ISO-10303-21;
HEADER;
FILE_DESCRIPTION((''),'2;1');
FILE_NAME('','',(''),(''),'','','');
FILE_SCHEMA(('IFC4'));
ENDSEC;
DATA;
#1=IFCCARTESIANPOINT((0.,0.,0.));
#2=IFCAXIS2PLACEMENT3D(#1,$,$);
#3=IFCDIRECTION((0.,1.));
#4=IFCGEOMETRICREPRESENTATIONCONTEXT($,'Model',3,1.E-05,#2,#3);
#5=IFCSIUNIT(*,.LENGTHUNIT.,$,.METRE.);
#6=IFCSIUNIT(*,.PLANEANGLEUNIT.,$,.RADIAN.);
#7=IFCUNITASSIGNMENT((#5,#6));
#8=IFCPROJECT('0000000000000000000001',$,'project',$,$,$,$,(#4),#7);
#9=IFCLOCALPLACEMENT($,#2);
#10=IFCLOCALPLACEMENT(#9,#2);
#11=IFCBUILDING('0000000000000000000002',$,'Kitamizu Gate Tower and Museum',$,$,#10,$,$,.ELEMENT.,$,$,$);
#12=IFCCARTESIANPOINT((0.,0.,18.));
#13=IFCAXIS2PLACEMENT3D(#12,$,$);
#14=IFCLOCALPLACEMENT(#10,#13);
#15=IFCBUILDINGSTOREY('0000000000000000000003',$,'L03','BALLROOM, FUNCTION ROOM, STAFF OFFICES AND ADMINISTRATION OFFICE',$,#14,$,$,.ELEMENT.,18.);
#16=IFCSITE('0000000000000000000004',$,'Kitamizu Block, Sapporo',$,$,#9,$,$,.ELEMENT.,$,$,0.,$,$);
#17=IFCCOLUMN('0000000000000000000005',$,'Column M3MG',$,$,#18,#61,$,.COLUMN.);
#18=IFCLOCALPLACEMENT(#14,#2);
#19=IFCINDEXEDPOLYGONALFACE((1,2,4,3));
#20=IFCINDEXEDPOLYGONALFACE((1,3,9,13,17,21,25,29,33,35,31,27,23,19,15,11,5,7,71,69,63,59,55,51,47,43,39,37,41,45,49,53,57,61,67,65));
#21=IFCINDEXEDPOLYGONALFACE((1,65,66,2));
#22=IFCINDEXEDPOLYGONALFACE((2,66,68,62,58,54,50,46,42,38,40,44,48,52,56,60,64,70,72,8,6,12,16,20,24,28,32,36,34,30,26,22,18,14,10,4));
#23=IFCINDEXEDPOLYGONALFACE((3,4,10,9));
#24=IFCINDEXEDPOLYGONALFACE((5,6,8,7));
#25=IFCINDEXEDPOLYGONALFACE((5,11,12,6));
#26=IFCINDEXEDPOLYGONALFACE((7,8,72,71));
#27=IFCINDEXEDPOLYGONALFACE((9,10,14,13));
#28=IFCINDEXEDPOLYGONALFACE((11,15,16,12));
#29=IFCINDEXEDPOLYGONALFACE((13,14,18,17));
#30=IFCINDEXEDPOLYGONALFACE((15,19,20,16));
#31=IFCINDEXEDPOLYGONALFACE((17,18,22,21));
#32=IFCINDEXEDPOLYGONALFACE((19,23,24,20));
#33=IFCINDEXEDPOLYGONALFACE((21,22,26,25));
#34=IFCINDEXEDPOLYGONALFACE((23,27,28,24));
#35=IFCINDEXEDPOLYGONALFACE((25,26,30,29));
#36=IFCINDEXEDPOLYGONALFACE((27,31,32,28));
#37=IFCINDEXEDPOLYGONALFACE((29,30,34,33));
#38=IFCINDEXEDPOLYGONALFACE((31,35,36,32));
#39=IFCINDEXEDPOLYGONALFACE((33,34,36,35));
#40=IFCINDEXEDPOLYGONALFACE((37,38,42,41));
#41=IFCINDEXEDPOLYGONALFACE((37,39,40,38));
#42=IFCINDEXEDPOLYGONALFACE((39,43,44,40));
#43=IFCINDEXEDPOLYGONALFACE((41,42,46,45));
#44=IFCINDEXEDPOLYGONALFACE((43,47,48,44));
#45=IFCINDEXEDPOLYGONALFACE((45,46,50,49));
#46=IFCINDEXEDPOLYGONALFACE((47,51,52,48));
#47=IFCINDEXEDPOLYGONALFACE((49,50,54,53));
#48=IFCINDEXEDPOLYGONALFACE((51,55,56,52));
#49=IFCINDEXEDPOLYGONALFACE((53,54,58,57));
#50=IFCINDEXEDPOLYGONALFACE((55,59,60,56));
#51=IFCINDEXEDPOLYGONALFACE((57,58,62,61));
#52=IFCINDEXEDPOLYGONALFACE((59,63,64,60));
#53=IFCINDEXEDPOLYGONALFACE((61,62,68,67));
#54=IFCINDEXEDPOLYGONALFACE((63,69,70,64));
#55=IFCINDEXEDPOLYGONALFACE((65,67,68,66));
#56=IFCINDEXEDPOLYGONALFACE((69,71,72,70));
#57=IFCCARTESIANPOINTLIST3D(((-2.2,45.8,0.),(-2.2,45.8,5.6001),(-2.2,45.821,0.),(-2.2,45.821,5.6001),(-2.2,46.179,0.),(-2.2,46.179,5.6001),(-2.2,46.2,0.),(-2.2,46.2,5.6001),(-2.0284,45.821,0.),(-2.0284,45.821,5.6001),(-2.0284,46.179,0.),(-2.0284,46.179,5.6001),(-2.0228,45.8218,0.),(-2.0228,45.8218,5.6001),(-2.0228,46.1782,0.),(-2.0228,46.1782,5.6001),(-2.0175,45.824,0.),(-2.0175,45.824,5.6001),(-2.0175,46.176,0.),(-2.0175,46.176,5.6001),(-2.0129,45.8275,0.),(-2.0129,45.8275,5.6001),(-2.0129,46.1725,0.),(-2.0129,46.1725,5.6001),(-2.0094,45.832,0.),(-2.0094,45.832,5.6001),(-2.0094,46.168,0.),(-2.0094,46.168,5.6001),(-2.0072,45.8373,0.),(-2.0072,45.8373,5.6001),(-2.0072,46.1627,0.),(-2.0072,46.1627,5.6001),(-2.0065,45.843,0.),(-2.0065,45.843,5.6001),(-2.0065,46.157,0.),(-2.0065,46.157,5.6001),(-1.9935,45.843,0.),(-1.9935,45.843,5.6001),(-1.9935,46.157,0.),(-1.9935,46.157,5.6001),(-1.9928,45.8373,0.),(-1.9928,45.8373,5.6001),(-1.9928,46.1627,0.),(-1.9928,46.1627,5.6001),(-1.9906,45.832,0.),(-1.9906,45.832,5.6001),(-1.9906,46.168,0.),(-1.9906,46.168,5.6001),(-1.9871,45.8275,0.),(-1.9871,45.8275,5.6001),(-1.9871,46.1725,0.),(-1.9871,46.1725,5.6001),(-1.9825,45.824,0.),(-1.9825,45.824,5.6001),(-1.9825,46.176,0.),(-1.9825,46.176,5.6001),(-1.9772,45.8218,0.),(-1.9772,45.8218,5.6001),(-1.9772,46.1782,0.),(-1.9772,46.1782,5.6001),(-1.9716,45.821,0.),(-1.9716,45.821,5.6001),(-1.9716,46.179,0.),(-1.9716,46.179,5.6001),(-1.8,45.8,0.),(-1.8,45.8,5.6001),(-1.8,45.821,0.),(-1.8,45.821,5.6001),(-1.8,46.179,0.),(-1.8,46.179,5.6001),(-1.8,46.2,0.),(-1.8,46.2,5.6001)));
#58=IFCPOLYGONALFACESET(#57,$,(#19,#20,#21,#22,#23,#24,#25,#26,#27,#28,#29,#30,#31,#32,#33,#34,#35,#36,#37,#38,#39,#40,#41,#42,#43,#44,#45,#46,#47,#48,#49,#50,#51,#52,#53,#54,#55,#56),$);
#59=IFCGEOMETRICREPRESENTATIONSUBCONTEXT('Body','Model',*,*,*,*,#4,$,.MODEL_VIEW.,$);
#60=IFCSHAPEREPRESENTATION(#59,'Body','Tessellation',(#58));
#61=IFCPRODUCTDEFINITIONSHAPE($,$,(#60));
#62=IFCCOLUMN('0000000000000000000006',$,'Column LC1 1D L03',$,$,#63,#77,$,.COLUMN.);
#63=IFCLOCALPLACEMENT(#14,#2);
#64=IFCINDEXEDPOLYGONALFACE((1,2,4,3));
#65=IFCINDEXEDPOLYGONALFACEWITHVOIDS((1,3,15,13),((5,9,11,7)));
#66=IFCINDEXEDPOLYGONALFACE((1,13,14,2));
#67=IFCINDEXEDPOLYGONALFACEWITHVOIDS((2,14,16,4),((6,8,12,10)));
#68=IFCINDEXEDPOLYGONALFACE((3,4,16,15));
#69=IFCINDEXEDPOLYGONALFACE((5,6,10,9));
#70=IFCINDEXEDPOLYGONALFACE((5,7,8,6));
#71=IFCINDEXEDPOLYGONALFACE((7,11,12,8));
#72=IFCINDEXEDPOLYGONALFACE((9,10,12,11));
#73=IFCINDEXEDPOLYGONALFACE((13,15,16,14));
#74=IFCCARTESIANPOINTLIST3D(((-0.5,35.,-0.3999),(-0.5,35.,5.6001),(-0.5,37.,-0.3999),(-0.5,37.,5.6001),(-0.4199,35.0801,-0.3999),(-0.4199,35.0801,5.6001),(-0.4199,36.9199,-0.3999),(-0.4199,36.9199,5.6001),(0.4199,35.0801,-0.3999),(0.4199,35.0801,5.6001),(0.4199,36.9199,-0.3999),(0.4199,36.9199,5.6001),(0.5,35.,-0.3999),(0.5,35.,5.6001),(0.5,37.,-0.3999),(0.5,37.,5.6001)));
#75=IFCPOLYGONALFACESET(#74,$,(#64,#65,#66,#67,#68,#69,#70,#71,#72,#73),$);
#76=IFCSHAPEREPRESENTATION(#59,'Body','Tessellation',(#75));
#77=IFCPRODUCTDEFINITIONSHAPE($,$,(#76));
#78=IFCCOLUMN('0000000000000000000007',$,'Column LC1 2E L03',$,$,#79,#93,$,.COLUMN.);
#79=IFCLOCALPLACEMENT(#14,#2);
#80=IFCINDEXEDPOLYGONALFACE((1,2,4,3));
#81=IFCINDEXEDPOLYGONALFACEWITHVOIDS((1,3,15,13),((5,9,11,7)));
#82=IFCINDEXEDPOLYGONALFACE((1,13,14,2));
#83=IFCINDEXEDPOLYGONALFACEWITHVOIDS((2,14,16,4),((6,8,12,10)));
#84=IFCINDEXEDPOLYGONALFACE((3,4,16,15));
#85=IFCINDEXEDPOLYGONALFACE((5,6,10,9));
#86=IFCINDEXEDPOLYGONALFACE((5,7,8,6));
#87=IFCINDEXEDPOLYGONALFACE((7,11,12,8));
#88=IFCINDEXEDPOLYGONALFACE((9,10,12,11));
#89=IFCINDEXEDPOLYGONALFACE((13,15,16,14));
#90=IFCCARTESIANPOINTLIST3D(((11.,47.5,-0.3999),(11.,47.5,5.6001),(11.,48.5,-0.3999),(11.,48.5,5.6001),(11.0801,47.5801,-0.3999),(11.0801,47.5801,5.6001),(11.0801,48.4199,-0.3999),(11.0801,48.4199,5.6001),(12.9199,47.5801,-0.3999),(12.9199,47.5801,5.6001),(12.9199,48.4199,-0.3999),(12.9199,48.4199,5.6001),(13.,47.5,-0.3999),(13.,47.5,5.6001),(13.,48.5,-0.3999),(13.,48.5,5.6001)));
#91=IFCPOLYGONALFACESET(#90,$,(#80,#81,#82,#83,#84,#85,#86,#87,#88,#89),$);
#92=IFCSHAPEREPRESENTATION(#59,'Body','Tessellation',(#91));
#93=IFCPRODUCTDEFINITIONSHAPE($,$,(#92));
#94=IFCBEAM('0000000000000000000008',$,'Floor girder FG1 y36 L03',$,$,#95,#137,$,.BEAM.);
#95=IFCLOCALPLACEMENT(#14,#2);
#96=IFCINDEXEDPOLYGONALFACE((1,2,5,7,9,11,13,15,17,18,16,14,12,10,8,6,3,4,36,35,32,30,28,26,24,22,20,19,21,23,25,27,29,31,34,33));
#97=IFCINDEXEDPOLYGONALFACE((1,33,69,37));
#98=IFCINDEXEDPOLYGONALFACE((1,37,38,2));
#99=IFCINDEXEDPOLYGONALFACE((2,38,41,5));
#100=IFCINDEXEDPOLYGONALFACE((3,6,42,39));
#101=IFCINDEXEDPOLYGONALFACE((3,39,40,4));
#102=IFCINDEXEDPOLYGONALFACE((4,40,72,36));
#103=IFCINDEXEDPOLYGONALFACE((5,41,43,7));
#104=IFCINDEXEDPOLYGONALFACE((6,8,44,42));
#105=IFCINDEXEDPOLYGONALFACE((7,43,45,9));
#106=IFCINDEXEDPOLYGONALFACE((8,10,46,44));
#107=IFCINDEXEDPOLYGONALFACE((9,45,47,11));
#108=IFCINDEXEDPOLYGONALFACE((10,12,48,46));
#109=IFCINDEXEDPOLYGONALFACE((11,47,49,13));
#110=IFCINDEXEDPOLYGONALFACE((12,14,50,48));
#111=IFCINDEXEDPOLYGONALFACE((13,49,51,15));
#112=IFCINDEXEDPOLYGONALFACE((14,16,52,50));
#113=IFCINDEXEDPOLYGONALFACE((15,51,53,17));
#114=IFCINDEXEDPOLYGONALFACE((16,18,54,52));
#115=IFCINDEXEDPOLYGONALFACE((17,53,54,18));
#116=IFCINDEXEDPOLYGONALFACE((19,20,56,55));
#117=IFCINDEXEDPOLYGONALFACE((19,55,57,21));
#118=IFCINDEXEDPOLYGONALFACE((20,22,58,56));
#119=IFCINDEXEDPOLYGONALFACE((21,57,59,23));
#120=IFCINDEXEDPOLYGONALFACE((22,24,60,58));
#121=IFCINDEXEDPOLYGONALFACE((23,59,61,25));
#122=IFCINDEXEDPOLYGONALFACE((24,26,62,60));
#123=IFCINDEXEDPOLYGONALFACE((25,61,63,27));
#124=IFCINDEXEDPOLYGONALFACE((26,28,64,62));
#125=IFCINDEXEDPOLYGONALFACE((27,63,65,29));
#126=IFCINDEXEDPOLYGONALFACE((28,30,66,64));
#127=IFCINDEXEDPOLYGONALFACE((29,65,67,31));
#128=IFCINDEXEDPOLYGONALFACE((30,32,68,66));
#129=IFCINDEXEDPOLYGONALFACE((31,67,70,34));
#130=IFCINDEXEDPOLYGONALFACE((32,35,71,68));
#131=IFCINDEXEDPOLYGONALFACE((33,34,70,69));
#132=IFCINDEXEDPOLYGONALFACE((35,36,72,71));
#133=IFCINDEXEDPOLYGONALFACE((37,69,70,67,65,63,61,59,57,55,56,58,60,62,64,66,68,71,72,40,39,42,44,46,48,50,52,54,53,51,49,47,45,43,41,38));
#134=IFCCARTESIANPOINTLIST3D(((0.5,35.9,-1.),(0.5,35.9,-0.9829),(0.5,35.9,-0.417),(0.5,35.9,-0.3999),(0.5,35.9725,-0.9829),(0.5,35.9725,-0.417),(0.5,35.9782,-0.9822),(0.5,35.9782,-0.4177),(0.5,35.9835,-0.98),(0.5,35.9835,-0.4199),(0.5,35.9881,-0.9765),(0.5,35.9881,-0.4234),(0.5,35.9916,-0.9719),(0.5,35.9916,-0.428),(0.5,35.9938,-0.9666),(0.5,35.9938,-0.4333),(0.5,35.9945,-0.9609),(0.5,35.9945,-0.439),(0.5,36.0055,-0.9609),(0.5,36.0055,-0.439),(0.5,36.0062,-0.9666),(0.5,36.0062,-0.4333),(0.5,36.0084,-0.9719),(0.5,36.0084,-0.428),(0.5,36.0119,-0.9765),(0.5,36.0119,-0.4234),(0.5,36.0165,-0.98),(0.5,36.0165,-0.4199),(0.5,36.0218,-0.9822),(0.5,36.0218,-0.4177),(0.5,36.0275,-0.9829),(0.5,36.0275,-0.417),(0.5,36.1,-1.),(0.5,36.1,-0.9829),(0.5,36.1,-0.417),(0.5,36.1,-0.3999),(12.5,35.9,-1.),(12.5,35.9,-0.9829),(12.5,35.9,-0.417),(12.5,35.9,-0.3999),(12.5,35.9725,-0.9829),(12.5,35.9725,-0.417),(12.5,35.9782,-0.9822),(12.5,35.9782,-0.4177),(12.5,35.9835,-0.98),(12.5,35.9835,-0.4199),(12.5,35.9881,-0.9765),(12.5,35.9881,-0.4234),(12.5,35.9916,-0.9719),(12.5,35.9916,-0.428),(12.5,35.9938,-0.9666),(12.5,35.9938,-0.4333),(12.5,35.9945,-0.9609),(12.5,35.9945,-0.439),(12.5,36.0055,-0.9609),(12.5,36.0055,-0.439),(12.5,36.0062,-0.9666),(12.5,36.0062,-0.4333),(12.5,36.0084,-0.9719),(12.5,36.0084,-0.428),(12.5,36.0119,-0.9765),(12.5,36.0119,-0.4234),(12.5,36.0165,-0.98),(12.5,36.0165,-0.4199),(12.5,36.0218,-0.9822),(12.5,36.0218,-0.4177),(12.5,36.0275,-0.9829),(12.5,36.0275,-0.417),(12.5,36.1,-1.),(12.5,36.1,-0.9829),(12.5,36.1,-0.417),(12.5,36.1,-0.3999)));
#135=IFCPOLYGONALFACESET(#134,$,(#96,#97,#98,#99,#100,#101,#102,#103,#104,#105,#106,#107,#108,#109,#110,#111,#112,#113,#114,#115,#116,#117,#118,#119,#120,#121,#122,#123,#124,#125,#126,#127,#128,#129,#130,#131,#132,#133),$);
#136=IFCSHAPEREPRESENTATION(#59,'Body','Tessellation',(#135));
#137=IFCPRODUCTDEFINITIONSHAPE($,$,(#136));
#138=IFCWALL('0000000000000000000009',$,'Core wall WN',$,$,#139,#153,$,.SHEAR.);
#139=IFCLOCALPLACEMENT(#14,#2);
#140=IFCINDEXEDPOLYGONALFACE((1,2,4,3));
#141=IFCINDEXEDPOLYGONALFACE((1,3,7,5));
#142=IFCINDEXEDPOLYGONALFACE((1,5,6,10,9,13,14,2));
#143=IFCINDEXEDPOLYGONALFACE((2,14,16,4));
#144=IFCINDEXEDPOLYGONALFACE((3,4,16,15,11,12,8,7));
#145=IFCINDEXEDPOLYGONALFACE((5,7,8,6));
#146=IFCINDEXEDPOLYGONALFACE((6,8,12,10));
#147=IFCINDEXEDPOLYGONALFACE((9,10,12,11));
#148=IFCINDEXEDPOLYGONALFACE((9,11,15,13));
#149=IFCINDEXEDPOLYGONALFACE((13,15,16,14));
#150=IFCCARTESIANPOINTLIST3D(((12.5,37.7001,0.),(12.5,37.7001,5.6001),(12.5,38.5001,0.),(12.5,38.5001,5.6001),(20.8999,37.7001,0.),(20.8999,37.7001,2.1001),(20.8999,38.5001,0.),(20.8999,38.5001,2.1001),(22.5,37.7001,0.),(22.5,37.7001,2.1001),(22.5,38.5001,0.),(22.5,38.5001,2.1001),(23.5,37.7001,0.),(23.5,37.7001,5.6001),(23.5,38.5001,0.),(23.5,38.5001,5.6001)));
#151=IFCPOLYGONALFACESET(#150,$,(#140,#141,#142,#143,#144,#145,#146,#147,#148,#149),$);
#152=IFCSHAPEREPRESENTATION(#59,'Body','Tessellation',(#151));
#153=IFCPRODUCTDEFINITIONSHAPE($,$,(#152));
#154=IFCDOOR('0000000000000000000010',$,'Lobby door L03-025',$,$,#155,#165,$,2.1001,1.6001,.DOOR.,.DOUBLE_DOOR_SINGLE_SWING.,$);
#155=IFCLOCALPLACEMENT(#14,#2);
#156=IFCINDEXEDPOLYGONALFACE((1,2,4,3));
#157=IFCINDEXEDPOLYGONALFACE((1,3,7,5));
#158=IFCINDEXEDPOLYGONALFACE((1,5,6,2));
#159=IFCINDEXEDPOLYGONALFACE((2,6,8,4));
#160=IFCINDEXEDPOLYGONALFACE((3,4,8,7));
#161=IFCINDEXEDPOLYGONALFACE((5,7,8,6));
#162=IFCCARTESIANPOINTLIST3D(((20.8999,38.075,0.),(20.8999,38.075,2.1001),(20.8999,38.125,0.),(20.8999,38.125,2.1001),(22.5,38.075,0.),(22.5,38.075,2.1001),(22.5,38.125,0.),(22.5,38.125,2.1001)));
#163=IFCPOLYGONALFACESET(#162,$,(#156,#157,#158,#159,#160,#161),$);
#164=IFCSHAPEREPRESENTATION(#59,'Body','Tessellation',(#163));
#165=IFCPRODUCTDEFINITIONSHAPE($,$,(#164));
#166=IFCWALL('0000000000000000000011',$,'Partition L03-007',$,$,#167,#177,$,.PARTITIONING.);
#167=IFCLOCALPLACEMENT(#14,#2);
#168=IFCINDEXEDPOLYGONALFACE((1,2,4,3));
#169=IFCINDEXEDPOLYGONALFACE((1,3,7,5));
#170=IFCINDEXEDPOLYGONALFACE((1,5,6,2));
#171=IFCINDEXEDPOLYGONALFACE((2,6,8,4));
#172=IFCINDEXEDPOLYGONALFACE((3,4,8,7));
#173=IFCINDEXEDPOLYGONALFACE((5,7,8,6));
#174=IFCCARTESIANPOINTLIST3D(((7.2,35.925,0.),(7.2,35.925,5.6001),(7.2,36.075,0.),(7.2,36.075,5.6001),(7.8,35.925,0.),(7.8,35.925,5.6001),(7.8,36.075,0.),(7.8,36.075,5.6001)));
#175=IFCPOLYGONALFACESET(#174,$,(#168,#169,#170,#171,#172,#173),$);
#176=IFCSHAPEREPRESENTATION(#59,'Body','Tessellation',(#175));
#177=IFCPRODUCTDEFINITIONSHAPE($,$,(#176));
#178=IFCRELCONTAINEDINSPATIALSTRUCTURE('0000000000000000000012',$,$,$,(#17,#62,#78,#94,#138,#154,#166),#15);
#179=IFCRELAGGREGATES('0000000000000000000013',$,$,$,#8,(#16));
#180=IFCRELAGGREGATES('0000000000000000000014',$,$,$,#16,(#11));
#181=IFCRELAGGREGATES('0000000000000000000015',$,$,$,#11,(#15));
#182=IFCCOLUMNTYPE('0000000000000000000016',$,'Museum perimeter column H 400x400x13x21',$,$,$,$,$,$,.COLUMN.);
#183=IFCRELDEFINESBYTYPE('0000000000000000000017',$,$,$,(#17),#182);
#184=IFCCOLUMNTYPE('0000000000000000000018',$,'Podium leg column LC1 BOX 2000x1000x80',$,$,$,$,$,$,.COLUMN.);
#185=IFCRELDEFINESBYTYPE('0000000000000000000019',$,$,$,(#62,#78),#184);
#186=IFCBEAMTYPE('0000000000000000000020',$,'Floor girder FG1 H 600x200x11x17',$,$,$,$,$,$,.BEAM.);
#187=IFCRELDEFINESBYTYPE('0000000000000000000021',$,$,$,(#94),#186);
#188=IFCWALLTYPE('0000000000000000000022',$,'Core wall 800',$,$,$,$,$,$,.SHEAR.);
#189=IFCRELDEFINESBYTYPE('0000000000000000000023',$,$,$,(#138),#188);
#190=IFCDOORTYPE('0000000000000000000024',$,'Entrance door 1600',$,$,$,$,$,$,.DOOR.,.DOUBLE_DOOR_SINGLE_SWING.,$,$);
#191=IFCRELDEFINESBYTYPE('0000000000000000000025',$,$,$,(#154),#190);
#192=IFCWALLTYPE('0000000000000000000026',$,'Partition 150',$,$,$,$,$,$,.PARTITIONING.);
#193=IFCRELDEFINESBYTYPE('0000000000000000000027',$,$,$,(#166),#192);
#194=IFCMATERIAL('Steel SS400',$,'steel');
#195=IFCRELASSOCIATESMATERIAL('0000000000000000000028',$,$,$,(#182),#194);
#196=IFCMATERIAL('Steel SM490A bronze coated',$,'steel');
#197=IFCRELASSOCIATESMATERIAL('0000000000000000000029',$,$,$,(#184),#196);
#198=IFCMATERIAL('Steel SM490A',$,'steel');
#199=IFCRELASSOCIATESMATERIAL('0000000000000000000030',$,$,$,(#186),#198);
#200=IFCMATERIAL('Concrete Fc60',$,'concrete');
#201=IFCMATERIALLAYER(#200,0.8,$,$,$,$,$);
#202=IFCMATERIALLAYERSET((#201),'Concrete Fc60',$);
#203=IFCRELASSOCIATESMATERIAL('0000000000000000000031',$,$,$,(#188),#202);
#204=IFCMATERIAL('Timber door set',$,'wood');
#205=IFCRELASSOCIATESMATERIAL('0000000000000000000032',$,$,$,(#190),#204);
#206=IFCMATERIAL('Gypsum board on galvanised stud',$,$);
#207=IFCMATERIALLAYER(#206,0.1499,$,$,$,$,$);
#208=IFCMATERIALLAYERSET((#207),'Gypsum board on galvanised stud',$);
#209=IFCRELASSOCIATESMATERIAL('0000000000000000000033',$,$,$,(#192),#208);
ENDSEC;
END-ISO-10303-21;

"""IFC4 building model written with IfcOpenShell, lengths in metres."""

from ifc_helpers import new_model, si_unit, direction, frame, frame_2d, origin, origin_2d, place, context, subcontext, project, spatial, rectangle, hollow_rectangle, i_section, extrude, material, layer, layer_set, material_profile, profile_set, type_object, element, fill, save


model = new_model("IFC4")

# Units and contexts
model_context = context("Model", 3, precision=1e-05, world=origin(), true_north=direction((0.0, 1.0)))
body_context = subcontext(model_context, "Body", "Model", "MODEL_VIEW")
ifc_project = project(units=[si_unit("LENGTHUNIT", "METRE"), si_unit("PLANEANGLEUNIT", "RADIAN")], contexts=[model_context])

# Site, building, storey
site_placement = place(None, origin())
site = spatial("IfcSite", under=ifc_project, at=site_placement, Name="Kitamizu Block, Sapporo", CompositionType="ELEMENT", RefElevation=0.0)
building_placement = place(site_placement, origin())
building = spatial("IfcBuilding", under=site, at=building_placement, Name="Kitamizu Gate Tower and Museum", CompositionType="ELEMENT")
storey_placement = place(building_placement, frame((0.0, 0.0, 18.0)))
storey = spatial("IfcBuildingStorey", under=building, at=storey_placement, Name="L03", Description="BALLROOM, FUNCTION ROOM, STAFF OFFICES AND ADMINISTRATION OFFICE", CompositionType="ELEMENT", Elevation=18.0)

# Columns
ifc_material_1 = material(Name="Steel SS400", Category="steel")
ifc_material_profile_1 = material_profile(ifc_material_1, i_section(OverallWidth=0.3999, OverallDepth=0.3999, WebThickness=0.0129, FlangeThickness=0.021, FilletRadius=0.022, at=origin_2d()), Name="H-400x400x13x21")
ifc_profile_set_1 = profile_set([ifc_material_profile_1], Name="Steel SS400")
column_type_1 = type_object("IfcColumnType", Name="Museum perimeter column H 400x400x13x21", PredefinedType="COLUMN", material=ifc_profile_set_1)
column_placement = place(storey_placement, frame((-2.0, 46.0, 0.0), z_axis=(0.0, 0.0, 1.0), x_axis=(1.0, 0.0, 0.0)))
element("IfcColumn", 1, at=column_placement, inside=storey, type_object=column_type_1, Name="Column M3MG", PredefinedType="COLUMN", context=body_context, shape_type="SweptSolid", body=[
    extrude(i_section(OverallWidth=0.3999, OverallDepth=0.3999, WebThickness=0.0129, FlangeThickness=0.021, FilletRadius=0.022, at=origin_2d()), origin(), (0.0, 0.0, 1.0), 5.6001),
])
ifc_material_2 = material(Name="Steel SM490A bronze coated", Category="steel")
ifc_material_profile_2 = material_profile(ifc_material_2, hollow_rectangle(XDim=2.0, YDim=1.0, WallThickness=0.0801, at=origin_2d()), Name="BOX 2000x1000x80")
ifc_profile_set_2 = profile_set([ifc_material_profile_2], Name="Steel SM490A bronze coated")
column_type_2 = type_object("IfcColumnType", Name="Podium leg column LC1 BOX 2000x1000x80", PredefinedType="COLUMN", material=ifc_profile_set_2)
for number, where, z_axis, x_axis, name in (
    (2, (0.0, 36.0, -0.3999), (0.0, 0.0, 1.0), (0.0, 1.0, 0.0), "Column LC1 1D L03"),
    (3, (12.0, 48.0, -0.3999), (0.0, 0.0, 1.0), (1.0, 0.0, 0.0), "Column LC1 2E L03"),
):
    element("IfcColumn", number, at=place(storey_placement, frame(where, z_axis=z_axis, x_axis=x_axis)), inside=storey, type_object=column_type_2, Name=name, PredefinedType="COLUMN", context=body_context, shape_type="SweptSolid", body=[
        extrude(hollow_rectangle(XDim=2.0, YDim=1.0, WallThickness=0.0801, at=origin_2d()), origin(), (0.0, 0.0, 1.0), 6.0),
    ])

# Beam
ifc_material_3 = material(Name="Steel SM490A", Category="steel")
ifc_material_profile_3 = material_profile(ifc_material_3, i_section(OverallWidth=0.2, OverallDepth=0.6001, WebThickness=0.011, FlangeThickness=0.0171, FilletRadius=0.022, at=origin_2d()), Name="H-600x200x11x17")
ifc_profile_set_3 = profile_set([ifc_material_profile_3], Name="Steel SM490A")
beam_type = type_object("IfcBeamType", Name="Floor girder FG1 H 600x200x11x17", PredefinedType="BEAM", material=ifc_profile_set_3)
beam_placement = place(storey_placement, frame((0.5, 36.0, -0.7), z_axis=(1.0, 0.0, 0.0), x_axis=(0.0, 1.0, 0.0)))
element("IfcBeam", 4, at=beam_placement, inside=storey, type_object=beam_type, Name="Floor girder FG1 y36 L03", PredefinedType="BEAM", context=body_context, shape_type="SweptSolid", body=[
    extrude(i_section(OverallWidth=0.2, OverallDepth=0.6001, WebThickness=0.011, FlangeThickness=0.0171, FilletRadius=0.022, at=origin_2d()), origin(), (0.0, 0.0, 1.0), 12.0),
])

# Wall, opening, door
ifc_material_4 = material(Name="Concrete Fc60", Category="concrete")
ifc_layer_1 = layer(ifc_material_4, 0.8)
ifc_layer_set_1 = layer_set([ifc_layer_1], Name="Concrete Fc60")
wall_type_1 = type_object("IfcWallType", Name="Core wall 800", PredefinedType="SHEAR", material=ifc_layer_set_1)
wall_1_placement = place(storey_placement, frame((12.5, 38.1001, 0.0), z_axis=(0.0, 0.0, 1.0), x_axis=(1.0, 0.0, 0.0)))
wall_1 = element("IfcWall", 5, at=wall_1_placement, inside=storey, type_object=wall_type_1, Name="Core wall WN", PredefinedType="SHEAR", context=body_context, shape_type="SweptSolid", body=[
    extrude(rectangle(XDim=11.0, YDim=0.8, at=frame_2d((5.5, 0.0))), origin(), (0.0, 0.0, 1.0), 5.6001),
])
opening_1_placement = place(wall_1_placement, frame((8.3999, 0.0, 0.0)))
opening_1 = element("IfcOpeningElement", 6, at=opening_1_placement, cuts=wall_1, PredefinedType="OPENING", context=body_context, shape_type="SweptSolid", body=[
    extrude(rectangle(XDim=1.6001, YDim=2.1001, at=frame_2d((0.8, 1.05))), frame((0.0, 0.4102, 0.0), z_axis=(0.0, -1.0, 0.0), x_axis=(1.0, 0.0, 0.0)), (0.0, 0.0, 1.0), 0.8201),
])
ifc_material_5 = material(Name="Timber door set", Category="wood")
door_type_1 = type_object("IfcDoorType", Name="Entrance door 1600", OperationType="DOUBLE_DOOR_SINGLE_SWING", PredefinedType="DOOR", material=ifc_material_5)
door_1_placement = place(opening_1_placement, origin())
door_1 = element("IfcDoor", 7, at=door_1_placement, inside=storey, type_object=door_type_1, Name="Lobby door L03-025", OperationType="DOUBLE_DOOR_SINGLE_SWING", OverallHeight=2.1001, OverallWidth=1.6001, PredefinedType="DOOR", context=body_context, shape_type="SweptSolid", body=[
    extrude(rectangle(XDim=1.6001, YDim=2.1001, at=frame_2d((0.8, 1.05))), frame((0.0, 0.0249, 0.0), z_axis=(0.0, -1.0, 0.0), x_axis=(1.0, 0.0, 0.0)), (0.0, 0.0, 1.0), 0.05),
])
fill(opening_1, door_1)

# Wall
ifc_material_6 = material(Name="Gypsum board on galvanised stud")
ifc_layer_2 = layer(ifc_material_6, 0.1499)
ifc_layer_set_2 = layer_set([ifc_layer_2], Name="Gypsum board on galvanised stud")
wall_type_2 = type_object("IfcWallType", Name="Partition 150", PredefinedType="PARTITIONING", material=ifc_layer_set_2)
wall_2_placement = place(storey_placement, frame((7.2, 36.0, 0.0), z_axis=(0.0, 0.0, 1.0), x_axis=(1.0, 0.0, 0.0)))
element("IfcWall", 8, at=wall_2_placement, inside=storey, type_object=wall_type_2, Name="Partition L03-007", PredefinedType="PARTITIONING", context=body_context, shape_type="SweptSolid", body=[
    extrude(rectangle(XDim=0.6001, YDim=0.1499, at=frame_2d((0.3, 0.0))), origin(), (0.0, 0.0, 1.0), 5.6001),
])

save(model, "model.ifc")
